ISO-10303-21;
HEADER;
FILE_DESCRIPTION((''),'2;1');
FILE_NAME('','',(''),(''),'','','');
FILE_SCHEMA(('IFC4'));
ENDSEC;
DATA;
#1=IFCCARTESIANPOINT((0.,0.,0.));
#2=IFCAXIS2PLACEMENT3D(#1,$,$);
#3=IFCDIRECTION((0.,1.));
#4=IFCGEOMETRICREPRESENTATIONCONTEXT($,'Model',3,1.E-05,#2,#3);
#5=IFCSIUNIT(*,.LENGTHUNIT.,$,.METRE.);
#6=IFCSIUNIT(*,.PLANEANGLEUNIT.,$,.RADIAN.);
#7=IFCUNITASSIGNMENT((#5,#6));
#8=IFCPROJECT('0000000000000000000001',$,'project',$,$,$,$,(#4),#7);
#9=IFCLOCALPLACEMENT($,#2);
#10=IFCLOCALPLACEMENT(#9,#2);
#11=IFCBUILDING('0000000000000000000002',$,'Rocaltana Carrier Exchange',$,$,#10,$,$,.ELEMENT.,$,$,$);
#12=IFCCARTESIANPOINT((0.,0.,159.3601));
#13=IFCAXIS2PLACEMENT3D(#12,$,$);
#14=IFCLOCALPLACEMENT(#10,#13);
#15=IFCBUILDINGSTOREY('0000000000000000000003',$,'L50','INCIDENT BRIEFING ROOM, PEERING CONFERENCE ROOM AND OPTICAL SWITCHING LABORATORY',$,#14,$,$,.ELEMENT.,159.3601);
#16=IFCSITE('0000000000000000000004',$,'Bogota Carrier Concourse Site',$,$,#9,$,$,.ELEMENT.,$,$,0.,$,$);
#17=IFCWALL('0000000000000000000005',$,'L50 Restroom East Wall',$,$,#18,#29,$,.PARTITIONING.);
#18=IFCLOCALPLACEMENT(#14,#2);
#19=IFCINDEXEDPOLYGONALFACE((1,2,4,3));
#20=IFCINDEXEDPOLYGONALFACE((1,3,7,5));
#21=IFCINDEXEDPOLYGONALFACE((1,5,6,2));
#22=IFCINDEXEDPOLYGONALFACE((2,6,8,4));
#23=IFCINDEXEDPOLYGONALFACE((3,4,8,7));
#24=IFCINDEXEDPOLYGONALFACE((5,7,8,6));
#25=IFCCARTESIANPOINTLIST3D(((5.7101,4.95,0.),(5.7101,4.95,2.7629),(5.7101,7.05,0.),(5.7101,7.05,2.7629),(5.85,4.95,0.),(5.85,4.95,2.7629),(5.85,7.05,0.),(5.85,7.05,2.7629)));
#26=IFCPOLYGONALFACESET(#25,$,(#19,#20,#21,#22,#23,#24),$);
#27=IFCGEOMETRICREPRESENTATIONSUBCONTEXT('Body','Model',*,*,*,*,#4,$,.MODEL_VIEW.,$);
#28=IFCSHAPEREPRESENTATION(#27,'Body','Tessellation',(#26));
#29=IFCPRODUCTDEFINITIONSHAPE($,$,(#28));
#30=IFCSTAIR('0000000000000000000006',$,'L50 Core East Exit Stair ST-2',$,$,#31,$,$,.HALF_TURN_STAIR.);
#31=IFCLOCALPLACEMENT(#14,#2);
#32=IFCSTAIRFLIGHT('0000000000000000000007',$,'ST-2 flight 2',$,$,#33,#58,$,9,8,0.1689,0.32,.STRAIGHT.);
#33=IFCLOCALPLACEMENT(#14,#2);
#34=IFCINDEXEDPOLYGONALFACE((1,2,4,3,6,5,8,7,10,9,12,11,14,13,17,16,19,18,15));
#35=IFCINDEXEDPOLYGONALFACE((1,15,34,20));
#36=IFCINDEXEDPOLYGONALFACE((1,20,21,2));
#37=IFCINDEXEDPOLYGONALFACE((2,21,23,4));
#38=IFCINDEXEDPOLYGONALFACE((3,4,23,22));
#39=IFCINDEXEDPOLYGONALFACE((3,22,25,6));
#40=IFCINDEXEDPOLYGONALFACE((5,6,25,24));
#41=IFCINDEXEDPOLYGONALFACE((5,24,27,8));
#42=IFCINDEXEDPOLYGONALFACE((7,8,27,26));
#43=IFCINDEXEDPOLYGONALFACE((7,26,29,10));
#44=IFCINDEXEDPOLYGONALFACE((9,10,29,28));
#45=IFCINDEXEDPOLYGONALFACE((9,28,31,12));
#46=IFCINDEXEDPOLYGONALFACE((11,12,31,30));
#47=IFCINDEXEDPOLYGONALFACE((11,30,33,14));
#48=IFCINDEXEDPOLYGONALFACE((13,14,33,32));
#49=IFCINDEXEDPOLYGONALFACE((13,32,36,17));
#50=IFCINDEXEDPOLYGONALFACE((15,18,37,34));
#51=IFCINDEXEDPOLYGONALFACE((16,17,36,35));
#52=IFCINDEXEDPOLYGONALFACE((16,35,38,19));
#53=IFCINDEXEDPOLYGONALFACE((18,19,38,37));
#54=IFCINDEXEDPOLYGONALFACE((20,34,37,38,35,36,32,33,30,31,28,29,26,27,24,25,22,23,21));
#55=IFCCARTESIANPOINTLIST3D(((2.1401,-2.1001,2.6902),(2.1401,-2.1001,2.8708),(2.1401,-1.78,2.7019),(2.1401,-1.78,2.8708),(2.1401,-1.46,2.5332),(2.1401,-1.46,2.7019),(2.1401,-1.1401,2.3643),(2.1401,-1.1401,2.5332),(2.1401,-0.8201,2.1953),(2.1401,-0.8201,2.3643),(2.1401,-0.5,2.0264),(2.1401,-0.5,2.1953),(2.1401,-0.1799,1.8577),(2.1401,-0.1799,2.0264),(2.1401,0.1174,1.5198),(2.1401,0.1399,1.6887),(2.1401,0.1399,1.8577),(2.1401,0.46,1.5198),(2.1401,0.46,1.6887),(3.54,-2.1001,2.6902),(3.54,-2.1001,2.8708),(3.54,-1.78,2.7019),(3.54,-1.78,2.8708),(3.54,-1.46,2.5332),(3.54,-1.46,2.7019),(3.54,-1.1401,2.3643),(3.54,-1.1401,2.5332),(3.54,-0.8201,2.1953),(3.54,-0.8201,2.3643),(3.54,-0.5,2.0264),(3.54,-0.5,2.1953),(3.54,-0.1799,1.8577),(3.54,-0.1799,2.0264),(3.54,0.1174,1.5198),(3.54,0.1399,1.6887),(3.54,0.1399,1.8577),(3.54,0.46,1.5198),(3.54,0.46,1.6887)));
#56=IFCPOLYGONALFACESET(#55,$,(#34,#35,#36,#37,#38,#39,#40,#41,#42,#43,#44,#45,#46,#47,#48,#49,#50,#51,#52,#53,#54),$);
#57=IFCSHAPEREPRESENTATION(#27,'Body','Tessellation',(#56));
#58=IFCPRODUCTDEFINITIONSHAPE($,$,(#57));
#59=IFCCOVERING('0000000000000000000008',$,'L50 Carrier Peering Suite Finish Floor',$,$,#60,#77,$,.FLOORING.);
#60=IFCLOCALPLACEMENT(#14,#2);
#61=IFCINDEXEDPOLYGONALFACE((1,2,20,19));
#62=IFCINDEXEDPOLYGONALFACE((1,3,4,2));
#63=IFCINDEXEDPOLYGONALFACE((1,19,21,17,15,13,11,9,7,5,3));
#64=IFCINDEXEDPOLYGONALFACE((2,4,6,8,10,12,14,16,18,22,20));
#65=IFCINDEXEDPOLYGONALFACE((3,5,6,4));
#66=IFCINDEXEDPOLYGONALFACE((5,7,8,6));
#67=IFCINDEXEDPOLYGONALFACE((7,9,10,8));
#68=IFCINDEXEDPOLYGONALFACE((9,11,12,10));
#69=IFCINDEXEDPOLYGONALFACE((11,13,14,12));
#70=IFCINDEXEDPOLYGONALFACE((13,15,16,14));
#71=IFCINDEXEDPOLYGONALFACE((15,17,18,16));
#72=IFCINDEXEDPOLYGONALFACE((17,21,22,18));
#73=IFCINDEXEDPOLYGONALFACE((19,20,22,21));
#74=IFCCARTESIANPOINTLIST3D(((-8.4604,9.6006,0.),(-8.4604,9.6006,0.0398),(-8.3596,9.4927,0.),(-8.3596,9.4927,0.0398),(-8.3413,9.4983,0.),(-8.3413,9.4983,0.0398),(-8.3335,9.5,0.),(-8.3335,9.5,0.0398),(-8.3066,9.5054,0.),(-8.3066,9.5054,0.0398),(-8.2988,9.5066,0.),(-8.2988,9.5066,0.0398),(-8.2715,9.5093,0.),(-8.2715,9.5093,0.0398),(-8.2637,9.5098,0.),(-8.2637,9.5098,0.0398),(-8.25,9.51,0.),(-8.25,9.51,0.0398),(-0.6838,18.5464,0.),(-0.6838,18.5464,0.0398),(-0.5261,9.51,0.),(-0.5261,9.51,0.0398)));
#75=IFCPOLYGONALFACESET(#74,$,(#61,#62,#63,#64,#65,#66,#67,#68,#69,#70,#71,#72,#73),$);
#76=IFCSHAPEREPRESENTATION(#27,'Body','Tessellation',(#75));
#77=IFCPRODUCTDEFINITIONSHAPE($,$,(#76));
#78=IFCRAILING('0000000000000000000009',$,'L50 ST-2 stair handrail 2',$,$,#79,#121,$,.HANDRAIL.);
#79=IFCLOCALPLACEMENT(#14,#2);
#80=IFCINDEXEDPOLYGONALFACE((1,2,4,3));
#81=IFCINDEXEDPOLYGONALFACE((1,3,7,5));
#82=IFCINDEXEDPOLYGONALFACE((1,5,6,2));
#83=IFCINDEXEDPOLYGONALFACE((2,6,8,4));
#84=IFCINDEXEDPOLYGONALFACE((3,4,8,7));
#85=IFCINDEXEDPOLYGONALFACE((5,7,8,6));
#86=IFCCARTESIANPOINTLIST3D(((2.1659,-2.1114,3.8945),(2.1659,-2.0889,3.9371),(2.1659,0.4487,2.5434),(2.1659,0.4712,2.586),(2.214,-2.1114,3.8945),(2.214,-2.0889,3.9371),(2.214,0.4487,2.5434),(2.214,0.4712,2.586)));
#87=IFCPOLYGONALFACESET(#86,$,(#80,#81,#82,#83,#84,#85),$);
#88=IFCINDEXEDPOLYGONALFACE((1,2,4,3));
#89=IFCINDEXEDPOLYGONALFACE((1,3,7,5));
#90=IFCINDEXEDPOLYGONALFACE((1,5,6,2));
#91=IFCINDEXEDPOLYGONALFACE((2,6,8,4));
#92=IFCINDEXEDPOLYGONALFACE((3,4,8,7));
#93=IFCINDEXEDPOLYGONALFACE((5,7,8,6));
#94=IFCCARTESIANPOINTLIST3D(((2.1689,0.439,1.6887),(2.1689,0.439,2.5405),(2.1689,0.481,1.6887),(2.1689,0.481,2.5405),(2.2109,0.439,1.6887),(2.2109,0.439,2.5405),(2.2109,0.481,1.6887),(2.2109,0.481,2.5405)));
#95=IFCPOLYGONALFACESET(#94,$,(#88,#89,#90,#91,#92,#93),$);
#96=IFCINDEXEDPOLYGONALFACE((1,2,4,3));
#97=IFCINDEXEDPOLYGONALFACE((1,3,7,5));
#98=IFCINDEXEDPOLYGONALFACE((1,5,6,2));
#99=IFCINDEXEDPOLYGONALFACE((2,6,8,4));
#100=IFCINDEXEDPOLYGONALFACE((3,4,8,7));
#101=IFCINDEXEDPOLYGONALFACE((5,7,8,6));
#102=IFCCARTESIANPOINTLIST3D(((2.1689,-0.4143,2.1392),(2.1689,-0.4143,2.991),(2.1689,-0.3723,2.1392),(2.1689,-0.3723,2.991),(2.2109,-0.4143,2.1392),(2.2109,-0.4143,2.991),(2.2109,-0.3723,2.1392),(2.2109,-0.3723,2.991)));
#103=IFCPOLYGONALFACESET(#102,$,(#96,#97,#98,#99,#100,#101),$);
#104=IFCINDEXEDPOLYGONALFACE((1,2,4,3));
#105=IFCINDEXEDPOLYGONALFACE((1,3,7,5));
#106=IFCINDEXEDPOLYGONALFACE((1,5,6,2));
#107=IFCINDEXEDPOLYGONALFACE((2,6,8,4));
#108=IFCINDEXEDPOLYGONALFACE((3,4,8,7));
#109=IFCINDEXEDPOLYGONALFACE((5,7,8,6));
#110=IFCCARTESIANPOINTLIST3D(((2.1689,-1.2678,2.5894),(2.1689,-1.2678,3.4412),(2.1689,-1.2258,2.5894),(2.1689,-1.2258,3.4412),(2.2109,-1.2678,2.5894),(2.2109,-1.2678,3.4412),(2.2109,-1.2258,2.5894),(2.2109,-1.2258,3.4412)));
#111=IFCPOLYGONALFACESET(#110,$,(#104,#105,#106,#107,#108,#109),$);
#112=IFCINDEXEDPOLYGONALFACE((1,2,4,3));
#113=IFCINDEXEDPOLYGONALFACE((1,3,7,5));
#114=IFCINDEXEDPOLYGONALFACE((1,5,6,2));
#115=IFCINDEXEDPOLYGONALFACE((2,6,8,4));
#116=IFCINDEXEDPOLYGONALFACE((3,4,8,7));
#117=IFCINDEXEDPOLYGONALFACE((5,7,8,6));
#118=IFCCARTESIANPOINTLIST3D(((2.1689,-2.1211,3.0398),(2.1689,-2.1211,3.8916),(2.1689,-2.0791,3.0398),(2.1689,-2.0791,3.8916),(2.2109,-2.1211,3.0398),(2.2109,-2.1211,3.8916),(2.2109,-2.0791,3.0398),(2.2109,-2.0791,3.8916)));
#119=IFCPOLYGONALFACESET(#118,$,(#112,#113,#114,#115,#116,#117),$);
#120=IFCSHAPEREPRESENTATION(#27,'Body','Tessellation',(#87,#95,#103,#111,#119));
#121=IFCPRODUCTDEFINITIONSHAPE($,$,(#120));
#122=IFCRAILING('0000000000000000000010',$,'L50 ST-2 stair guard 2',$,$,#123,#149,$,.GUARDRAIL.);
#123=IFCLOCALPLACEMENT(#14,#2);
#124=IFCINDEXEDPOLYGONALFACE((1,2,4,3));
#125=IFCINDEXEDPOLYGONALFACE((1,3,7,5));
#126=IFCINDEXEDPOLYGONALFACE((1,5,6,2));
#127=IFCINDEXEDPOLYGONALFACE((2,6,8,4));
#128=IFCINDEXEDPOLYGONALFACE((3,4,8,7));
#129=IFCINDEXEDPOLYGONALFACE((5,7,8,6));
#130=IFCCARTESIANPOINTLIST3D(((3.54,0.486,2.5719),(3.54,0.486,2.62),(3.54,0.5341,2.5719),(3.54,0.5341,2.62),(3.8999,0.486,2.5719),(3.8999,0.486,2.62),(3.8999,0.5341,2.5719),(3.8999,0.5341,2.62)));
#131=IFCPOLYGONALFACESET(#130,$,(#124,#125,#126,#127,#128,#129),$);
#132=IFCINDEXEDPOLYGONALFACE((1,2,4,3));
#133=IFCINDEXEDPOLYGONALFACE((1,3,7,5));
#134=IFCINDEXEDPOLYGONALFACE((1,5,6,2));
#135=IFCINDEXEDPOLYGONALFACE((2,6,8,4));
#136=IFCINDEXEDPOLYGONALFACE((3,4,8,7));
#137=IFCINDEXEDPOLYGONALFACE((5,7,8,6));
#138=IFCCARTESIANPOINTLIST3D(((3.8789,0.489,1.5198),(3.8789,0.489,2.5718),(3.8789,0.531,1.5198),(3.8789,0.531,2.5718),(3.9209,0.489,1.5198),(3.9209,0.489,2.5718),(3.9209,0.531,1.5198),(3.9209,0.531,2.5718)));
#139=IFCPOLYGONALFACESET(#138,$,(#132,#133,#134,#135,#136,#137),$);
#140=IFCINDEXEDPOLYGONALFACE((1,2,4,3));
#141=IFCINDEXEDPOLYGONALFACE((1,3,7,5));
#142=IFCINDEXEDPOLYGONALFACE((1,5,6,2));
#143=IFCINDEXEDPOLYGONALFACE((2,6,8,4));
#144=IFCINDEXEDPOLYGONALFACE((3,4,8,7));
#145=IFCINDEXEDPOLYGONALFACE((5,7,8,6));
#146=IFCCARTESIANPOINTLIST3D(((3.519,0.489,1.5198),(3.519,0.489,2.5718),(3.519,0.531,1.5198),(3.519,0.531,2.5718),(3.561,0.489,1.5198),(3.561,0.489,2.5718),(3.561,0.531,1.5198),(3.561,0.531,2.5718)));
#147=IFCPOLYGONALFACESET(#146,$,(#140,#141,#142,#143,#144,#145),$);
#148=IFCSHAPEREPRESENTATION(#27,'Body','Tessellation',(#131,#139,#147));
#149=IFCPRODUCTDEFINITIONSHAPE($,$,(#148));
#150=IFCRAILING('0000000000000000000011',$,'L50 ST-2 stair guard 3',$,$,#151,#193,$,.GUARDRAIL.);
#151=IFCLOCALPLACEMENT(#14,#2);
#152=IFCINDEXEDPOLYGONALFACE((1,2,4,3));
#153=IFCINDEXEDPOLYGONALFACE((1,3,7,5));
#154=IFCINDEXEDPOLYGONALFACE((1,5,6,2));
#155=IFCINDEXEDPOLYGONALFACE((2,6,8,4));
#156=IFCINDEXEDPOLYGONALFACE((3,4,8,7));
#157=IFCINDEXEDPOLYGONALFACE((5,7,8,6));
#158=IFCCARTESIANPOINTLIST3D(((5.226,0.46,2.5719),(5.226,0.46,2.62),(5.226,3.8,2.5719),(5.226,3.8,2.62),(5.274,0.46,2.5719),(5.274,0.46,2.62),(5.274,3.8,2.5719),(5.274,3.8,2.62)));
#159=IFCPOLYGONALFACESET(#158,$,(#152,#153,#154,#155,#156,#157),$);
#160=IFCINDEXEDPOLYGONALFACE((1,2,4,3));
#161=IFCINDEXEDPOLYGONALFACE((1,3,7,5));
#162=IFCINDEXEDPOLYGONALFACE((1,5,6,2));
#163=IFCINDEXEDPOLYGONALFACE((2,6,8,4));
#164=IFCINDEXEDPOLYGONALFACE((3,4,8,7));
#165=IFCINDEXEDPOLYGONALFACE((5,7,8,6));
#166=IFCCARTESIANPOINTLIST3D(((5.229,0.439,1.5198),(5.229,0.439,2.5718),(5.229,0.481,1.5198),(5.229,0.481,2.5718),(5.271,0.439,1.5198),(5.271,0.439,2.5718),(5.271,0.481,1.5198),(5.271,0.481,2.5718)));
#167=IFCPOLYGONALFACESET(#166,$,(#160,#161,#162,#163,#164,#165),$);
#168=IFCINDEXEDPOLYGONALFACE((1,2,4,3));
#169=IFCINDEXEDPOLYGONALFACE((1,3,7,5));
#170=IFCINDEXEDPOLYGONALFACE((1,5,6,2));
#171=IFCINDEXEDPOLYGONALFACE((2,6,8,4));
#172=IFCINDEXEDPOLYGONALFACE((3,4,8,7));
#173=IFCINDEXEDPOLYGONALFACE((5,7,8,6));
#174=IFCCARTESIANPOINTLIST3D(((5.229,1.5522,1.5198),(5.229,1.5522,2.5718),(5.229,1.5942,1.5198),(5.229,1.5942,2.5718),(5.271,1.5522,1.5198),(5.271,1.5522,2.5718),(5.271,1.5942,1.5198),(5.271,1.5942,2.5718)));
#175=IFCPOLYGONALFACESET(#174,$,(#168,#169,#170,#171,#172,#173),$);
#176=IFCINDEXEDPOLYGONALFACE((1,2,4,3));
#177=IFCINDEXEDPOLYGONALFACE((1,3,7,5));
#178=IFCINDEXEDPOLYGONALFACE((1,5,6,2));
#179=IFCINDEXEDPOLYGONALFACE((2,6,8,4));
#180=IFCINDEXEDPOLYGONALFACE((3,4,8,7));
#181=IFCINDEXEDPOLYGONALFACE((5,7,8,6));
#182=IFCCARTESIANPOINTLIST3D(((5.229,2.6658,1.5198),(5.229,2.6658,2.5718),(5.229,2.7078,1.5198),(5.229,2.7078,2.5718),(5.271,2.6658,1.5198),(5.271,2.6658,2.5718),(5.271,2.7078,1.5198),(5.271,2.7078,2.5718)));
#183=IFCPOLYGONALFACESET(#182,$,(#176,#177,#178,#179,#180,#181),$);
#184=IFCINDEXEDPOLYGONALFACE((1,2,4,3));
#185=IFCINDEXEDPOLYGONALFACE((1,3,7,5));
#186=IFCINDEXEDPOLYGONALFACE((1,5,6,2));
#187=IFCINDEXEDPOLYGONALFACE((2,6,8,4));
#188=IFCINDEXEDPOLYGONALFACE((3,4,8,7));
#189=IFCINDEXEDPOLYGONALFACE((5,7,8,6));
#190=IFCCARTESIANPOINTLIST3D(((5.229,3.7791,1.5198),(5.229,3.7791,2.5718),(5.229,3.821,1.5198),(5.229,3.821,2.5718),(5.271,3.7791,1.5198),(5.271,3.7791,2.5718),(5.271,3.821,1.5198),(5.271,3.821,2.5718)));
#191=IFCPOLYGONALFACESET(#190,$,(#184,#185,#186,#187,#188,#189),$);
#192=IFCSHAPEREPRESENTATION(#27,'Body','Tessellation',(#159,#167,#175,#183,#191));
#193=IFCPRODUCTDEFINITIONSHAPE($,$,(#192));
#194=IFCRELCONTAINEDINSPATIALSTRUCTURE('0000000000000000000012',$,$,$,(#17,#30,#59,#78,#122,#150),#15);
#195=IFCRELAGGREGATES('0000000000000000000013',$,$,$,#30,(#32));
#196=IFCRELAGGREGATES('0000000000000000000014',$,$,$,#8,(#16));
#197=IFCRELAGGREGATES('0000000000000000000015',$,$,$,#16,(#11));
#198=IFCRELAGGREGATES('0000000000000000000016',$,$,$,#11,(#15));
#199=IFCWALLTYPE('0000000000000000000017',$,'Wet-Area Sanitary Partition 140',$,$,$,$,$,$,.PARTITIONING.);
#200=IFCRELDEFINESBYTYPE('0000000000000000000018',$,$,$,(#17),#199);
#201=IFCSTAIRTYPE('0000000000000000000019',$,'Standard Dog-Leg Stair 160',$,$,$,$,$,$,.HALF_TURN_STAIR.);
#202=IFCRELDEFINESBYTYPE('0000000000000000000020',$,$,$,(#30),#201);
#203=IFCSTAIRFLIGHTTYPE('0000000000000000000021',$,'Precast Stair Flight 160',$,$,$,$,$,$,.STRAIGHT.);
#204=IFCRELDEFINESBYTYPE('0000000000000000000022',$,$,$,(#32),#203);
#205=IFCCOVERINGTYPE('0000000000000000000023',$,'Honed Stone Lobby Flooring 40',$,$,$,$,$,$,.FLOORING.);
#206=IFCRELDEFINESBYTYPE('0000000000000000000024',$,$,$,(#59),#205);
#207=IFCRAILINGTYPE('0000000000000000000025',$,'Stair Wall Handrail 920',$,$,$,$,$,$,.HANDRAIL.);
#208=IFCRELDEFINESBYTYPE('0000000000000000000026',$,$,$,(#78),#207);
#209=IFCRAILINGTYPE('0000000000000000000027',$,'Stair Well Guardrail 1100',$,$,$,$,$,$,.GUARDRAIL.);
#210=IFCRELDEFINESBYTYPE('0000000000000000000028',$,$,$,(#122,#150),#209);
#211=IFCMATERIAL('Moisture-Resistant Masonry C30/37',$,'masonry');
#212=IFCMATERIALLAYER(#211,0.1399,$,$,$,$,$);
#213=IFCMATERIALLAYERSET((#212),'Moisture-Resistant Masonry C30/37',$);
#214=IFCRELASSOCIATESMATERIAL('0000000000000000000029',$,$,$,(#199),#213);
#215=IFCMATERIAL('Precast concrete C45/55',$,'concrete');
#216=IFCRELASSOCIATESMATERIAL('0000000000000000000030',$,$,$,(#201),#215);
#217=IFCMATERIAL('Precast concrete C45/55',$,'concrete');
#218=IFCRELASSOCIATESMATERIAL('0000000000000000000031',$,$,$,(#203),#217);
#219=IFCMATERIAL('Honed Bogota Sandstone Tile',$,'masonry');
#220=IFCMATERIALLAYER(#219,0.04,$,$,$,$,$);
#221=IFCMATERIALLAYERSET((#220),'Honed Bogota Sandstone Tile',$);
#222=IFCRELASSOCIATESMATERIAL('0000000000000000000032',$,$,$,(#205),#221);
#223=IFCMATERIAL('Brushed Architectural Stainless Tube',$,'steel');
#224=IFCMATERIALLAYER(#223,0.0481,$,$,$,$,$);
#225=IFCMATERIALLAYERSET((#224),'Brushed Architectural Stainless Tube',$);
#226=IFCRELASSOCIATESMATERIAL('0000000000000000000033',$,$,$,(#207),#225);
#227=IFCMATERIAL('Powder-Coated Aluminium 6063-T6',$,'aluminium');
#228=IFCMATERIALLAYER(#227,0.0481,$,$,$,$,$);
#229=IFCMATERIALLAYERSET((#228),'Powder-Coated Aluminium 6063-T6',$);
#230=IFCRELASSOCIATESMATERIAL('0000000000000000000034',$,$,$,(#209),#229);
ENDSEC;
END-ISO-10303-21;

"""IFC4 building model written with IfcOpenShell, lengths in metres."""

from ifc_helpers import new_model, si_unit, direction, frame, frame_2d, origin, origin_2d, place, context, subcontext, project, spatial, polyline, rectangle, outline, extrude, material, layer, layer_set, type_object, element, aggregate, save


model = new_model("IFC4")

# Units and contexts
model_context = context("Model", 3, precision=1e-05, world=origin(), true_north=direction((0.0, 1.0)))
body_context = subcontext(model_context, "Body", "Model", "MODEL_VIEW")
ifc_project = project(units=[si_unit("LENGTHUNIT", "METRE"), si_unit("PLANEANGLEUNIT", "RADIAN")], contexts=[model_context])

# Site, building, storey
site_placement = place(None, origin())
site = spatial("IfcSite", under=ifc_project, at=site_placement, Name="Bogota Carrier Concourse Site", CompositionType="ELEMENT", RefElevation=0.0)
building_placement = place(site_placement, origin())
building = spatial("IfcBuilding", under=site, at=building_placement, Name="Rocaltana Carrier Exchange", CompositionType="ELEMENT")
storey_placement = place(building_placement, frame((0.0, 0.0, 159.3601)))
storey = spatial("IfcBuildingStorey", under=building, at=storey_placement, Name="L50", Description="INCIDENT BRIEFING ROOM, PEERING CONFERENCE ROOM AND OPTICAL SWITCHING LABORATORY", CompositionType="ELEMENT", Elevation=159.3601)

# Wall
ifc_material_1 = material(Name="Moisture-Resistant Masonry C30/37", Category="masonry")
ifc_layer_1 = layer(ifc_material_1, 0.1399)
ifc_layer_set_1 = layer_set([ifc_layer_1], Name="Moisture-Resistant Masonry C30/37")
wall_type_1 = type_object("IfcWallType", Name="Wet-Area Sanitary Partition 140", PredefinedType="PARTITIONING", material=ifc_layer_set_1)
wall_1_placement = place(storey_placement, frame((5.78, 4.95, 0.0), z_axis=(0.0, 0.0, 1.0), x_axis=(0.0, 1.0, 0.0)))
element("IfcWall", 1, at=wall_1_placement, inside=storey, type_object=wall_type_1, Name="L50 Restroom East Wall", PredefinedType="PARTITIONING", context=body_context, shape_type="SweptSolid", body=[
    extrude(rectangle(XDim=2.1001, YDim=0.1399, at=frame_2d((1.05, 0.0))), origin(), (0.0, 0.0, 1.0), 2.7629),
])

# Stair, stair flight
ifc_material_2 = material(Name="Precast concrete C45/55", Category="concrete")
stair_type = type_object("IfcStairType", Name="Standard Dog-Leg Stair 160", PredefinedType="HALF_TURN_STAIR", material=ifc_material_2)
stair_placement = place(storey_placement, origin())
stair = element("IfcStair", 2, at=stair_placement, inside=storey, type_object=stair_type, Name="L50 Core East Exit Stair ST-2", PredefinedType="HALF_TURN_STAIR")
ifc_material_3 = material(Name="Precast concrete C45/55", Category="concrete")
stair_flight_type = type_object("IfcStairFlightType", Name="Precast Stair Flight 160", PredefinedType="STRAIGHT", material=ifc_material_3)
stair_flight_placement = place(storey_placement, frame((2.8401, 0.46, 1.5198), z_axis=(0.0, 0.0, 1.0), x_axis=(0.0, -1.0, 0.0)))
stair_flight = element("IfcStairFlight", 3, at=stair_flight_placement, type_object=stair_flight_type, Name="ST-2 flight 2", NumberOfRisers=9, NumberOfTreads=8, PredefinedType="STRAIGHT", RiserHeight=0.1689, TreadLength=0.32, context=body_context, shape_type="SweptSolid", body=[
    extrude(outline(polyline([(0.0, 0.0), (0.0, 0.1689), (0.3201, 0.1689), (0.3201, 0.3379), (0.6399, 0.3379), (0.6399, 0.5066), (0.96, 0.5066), (0.96, 0.6755), (1.28, 0.6755), (1.28, 0.8445), (1.6001, 0.8445), (1.6001, 1.0134), (1.9199, 1.0134), (1.9199, 1.1821), (2.24, 1.1821), (2.24, 1.3511), (2.5601, 1.3511), (2.5601, 1.52), (2.5601, 1.1704), (0.3425, 0.0), (0.0, 0.0)])), frame((0.0, 0.7, 0.0), z_axis=(0.0, -1.0, 0.0), x_axis=(1.0, 0.0, 0.0)), (0.0, 0.0, 1.0), 1.3999),
])
aggregate(stair, [stair_flight])

# Covering
ifc_material_4 = material(Name="Honed Bogota Sandstone Tile", Category="masonry")
ifc_layer_2 = layer(ifc_material_4, 0.04)
ifc_layer_set_2 = layer_set([ifc_layer_2], Name="Honed Bogota Sandstone Tile")
covering_type = type_object("IfcCoveringType", Name="Honed Stone Lobby Flooring 40", PredefinedType="FLOORING", material=ifc_layer_set_2)
covering_placement = place(storey_placement, origin())
element("IfcCovering", 4, at=covering_placement, inside=storey, type_object=covering_type, Name="L50 Carrier Peering Suite Finish Floor", PredefinedType="FLOORING", context=body_context, shape_type="SweptSolid", body=[
    extrude(outline(polyline([(-8.3596, 9.4927), (-8.4604, 9.6006), (-0.6838, 18.5464), (-0.5261, 9.51), (-8.25, 9.51), (-8.2637, 9.5098), (-8.2715, 9.5093), (-8.2988, 9.5066), (-8.3066, 9.5054), (-8.3335, 9.5), (-8.3413, 9.4983), (-8.3596, 9.4927)])), origin(), (0.0, 0.0, 1.0), 0.0398),
])

# Railings
ifc_material_5 = material(Name="Brushed Architectural Stainless Tube", Category="steel")
ifc_layer_3 = layer(ifc_material_5, 0.0481)
ifc_layer_set_3 = layer_set([ifc_layer_3], Name="Brushed Architectural Stainless Tube")
railing_type_1 = type_object("IfcRailingType", Name="Stair Wall Handrail 920", PredefinedType="HANDRAIL", material=ifc_layer_set_3)
railing_1_placement = place(storey_placement, frame((2.1899, 0.46, 1.6887)))
element("IfcRailing", 5, at=railing_1_placement, inside=storey, type_object=railing_type_1, Name="L50 ST-2 stair handrail 2", PredefinedType="HANDRAIL", context=body_context, shape_type="SweptSolid", body=[
    extrude(rectangle(XDim=0.0481, YDim=0.0481, at=origin_2d()), frame((0.0, 0.0, 0.876), z_axis=(0.0, -0.884394, 0.46674), x_axis=(1.0, 0.0, 0.0)), (0.0, 0.0, 1.0), 2.8948),
    extrude(rectangle(XDim=0.042, YDim=0.042, at=origin_2d()), origin(), (0.0, 0.0, 1.0), 0.8518),
    extrude(rectangle(XDim=0.042, YDim=0.042, at=origin_2d()), frame((0.0, -0.8533, 0.4504)), (0.0, 0.0, 1.0), 0.8518),
    extrude(rectangle(XDim=0.042, YDim=0.042, at=origin_2d()), frame((0.0, -1.7068, 0.9006)), (0.0, 0.0, 1.0), 0.8518),
    extrude(rectangle(XDim=0.042, YDim=0.042, at=origin_2d()), frame((0.0, -2.5601, 1.3511)), (0.0, 0.0, 1.0), 0.8518),
])
ifc_material_6 = material(Name="Powder-Coated Aluminium 6063-T6", Category="aluminium")
ifc_layer_4 = layer(ifc_material_6, 0.0481)
ifc_layer_set_4 = layer_set([ifc_layer_4], Name="Powder-Coated Aluminium 6063-T6")
railing_type_2 = type_object("IfcRailingType", Name="Stair Well Guardrail 1100", PredefinedType="GUARDRAIL", material=ifc_layer_set_4)
railing_2_placement = place(storey_placement, frame((3.8999, 0.51, 1.5198)))
element("IfcRailing", 6, at=railing_2_placement, inside=storey, type_object=railing_type_2, Name="L50 ST-2 stair guard 2", PredefinedType="GUARDRAIL", context=body_context, shape_type="SweptSolid", body=[
    extrude(rectangle(XDim=0.0481, YDim=0.0481, at=origin_2d()), frame((0.0, 0.0, 1.0762), z_axis=(-1.0, 0.0, 0.0), x_axis=(0.0, -1.0, 0.0)), (0.0, 0.0, 1.0), 0.3599),
    extrude(rectangle(XDim=0.042, YDim=0.042, at=origin_2d()), origin(), (0.0, 0.0, 1.0), 1.052),
    extrude(rectangle(XDim=0.042, YDim=0.042, at=origin_2d()), frame((-0.3599, 0.0, 0.0)), (0.0, 0.0, 1.0), 1.052),
])
for number, where, name in (
    (7, (5.25, 0.46, 1.5198), "L50 ST-2 stair guard 3"),
):
    element("IfcRailing", number, at=place(storey_placement, frame(where)), inside=storey, type_object=railing_type_2, Name=name, PredefinedType="GUARDRAIL", context=body_context, shape_type="SweptSolid", body=[
        extrude(rectangle(XDim=0.0481, YDim=0.0481, at=origin_2d()), frame((0.0, 0.0, 1.0762), z_axis=(0.0, 1.0, 0.0), x_axis=(-1.0, 0.0, 0.0)), (0.0, 0.0, 1.0), 3.3401),
        extrude(rectangle(XDim=0.042, YDim=0.042, at=origin_2d()), origin(), (0.0, 0.0, 1.0), 1.052),
        extrude(rectangle(XDim=0.042, YDim=0.042, at=origin_2d()), frame((0.0, 1.1133, 0.0)), (0.0, 0.0, 1.0), 1.052),
        extrude(rectangle(XDim=0.042, YDim=0.042, at=origin_2d()), frame((0.0, 2.2268, 0.0)), (0.0, 0.0, 1.0), 1.052),
        extrude(rectangle(XDim=0.042, YDim=0.042, at=origin_2d()), frame((0.0, 3.3401, 0.0)), (0.0, 0.0, 1.0), 1.052),
    ])

save(model, "model.ifc")
